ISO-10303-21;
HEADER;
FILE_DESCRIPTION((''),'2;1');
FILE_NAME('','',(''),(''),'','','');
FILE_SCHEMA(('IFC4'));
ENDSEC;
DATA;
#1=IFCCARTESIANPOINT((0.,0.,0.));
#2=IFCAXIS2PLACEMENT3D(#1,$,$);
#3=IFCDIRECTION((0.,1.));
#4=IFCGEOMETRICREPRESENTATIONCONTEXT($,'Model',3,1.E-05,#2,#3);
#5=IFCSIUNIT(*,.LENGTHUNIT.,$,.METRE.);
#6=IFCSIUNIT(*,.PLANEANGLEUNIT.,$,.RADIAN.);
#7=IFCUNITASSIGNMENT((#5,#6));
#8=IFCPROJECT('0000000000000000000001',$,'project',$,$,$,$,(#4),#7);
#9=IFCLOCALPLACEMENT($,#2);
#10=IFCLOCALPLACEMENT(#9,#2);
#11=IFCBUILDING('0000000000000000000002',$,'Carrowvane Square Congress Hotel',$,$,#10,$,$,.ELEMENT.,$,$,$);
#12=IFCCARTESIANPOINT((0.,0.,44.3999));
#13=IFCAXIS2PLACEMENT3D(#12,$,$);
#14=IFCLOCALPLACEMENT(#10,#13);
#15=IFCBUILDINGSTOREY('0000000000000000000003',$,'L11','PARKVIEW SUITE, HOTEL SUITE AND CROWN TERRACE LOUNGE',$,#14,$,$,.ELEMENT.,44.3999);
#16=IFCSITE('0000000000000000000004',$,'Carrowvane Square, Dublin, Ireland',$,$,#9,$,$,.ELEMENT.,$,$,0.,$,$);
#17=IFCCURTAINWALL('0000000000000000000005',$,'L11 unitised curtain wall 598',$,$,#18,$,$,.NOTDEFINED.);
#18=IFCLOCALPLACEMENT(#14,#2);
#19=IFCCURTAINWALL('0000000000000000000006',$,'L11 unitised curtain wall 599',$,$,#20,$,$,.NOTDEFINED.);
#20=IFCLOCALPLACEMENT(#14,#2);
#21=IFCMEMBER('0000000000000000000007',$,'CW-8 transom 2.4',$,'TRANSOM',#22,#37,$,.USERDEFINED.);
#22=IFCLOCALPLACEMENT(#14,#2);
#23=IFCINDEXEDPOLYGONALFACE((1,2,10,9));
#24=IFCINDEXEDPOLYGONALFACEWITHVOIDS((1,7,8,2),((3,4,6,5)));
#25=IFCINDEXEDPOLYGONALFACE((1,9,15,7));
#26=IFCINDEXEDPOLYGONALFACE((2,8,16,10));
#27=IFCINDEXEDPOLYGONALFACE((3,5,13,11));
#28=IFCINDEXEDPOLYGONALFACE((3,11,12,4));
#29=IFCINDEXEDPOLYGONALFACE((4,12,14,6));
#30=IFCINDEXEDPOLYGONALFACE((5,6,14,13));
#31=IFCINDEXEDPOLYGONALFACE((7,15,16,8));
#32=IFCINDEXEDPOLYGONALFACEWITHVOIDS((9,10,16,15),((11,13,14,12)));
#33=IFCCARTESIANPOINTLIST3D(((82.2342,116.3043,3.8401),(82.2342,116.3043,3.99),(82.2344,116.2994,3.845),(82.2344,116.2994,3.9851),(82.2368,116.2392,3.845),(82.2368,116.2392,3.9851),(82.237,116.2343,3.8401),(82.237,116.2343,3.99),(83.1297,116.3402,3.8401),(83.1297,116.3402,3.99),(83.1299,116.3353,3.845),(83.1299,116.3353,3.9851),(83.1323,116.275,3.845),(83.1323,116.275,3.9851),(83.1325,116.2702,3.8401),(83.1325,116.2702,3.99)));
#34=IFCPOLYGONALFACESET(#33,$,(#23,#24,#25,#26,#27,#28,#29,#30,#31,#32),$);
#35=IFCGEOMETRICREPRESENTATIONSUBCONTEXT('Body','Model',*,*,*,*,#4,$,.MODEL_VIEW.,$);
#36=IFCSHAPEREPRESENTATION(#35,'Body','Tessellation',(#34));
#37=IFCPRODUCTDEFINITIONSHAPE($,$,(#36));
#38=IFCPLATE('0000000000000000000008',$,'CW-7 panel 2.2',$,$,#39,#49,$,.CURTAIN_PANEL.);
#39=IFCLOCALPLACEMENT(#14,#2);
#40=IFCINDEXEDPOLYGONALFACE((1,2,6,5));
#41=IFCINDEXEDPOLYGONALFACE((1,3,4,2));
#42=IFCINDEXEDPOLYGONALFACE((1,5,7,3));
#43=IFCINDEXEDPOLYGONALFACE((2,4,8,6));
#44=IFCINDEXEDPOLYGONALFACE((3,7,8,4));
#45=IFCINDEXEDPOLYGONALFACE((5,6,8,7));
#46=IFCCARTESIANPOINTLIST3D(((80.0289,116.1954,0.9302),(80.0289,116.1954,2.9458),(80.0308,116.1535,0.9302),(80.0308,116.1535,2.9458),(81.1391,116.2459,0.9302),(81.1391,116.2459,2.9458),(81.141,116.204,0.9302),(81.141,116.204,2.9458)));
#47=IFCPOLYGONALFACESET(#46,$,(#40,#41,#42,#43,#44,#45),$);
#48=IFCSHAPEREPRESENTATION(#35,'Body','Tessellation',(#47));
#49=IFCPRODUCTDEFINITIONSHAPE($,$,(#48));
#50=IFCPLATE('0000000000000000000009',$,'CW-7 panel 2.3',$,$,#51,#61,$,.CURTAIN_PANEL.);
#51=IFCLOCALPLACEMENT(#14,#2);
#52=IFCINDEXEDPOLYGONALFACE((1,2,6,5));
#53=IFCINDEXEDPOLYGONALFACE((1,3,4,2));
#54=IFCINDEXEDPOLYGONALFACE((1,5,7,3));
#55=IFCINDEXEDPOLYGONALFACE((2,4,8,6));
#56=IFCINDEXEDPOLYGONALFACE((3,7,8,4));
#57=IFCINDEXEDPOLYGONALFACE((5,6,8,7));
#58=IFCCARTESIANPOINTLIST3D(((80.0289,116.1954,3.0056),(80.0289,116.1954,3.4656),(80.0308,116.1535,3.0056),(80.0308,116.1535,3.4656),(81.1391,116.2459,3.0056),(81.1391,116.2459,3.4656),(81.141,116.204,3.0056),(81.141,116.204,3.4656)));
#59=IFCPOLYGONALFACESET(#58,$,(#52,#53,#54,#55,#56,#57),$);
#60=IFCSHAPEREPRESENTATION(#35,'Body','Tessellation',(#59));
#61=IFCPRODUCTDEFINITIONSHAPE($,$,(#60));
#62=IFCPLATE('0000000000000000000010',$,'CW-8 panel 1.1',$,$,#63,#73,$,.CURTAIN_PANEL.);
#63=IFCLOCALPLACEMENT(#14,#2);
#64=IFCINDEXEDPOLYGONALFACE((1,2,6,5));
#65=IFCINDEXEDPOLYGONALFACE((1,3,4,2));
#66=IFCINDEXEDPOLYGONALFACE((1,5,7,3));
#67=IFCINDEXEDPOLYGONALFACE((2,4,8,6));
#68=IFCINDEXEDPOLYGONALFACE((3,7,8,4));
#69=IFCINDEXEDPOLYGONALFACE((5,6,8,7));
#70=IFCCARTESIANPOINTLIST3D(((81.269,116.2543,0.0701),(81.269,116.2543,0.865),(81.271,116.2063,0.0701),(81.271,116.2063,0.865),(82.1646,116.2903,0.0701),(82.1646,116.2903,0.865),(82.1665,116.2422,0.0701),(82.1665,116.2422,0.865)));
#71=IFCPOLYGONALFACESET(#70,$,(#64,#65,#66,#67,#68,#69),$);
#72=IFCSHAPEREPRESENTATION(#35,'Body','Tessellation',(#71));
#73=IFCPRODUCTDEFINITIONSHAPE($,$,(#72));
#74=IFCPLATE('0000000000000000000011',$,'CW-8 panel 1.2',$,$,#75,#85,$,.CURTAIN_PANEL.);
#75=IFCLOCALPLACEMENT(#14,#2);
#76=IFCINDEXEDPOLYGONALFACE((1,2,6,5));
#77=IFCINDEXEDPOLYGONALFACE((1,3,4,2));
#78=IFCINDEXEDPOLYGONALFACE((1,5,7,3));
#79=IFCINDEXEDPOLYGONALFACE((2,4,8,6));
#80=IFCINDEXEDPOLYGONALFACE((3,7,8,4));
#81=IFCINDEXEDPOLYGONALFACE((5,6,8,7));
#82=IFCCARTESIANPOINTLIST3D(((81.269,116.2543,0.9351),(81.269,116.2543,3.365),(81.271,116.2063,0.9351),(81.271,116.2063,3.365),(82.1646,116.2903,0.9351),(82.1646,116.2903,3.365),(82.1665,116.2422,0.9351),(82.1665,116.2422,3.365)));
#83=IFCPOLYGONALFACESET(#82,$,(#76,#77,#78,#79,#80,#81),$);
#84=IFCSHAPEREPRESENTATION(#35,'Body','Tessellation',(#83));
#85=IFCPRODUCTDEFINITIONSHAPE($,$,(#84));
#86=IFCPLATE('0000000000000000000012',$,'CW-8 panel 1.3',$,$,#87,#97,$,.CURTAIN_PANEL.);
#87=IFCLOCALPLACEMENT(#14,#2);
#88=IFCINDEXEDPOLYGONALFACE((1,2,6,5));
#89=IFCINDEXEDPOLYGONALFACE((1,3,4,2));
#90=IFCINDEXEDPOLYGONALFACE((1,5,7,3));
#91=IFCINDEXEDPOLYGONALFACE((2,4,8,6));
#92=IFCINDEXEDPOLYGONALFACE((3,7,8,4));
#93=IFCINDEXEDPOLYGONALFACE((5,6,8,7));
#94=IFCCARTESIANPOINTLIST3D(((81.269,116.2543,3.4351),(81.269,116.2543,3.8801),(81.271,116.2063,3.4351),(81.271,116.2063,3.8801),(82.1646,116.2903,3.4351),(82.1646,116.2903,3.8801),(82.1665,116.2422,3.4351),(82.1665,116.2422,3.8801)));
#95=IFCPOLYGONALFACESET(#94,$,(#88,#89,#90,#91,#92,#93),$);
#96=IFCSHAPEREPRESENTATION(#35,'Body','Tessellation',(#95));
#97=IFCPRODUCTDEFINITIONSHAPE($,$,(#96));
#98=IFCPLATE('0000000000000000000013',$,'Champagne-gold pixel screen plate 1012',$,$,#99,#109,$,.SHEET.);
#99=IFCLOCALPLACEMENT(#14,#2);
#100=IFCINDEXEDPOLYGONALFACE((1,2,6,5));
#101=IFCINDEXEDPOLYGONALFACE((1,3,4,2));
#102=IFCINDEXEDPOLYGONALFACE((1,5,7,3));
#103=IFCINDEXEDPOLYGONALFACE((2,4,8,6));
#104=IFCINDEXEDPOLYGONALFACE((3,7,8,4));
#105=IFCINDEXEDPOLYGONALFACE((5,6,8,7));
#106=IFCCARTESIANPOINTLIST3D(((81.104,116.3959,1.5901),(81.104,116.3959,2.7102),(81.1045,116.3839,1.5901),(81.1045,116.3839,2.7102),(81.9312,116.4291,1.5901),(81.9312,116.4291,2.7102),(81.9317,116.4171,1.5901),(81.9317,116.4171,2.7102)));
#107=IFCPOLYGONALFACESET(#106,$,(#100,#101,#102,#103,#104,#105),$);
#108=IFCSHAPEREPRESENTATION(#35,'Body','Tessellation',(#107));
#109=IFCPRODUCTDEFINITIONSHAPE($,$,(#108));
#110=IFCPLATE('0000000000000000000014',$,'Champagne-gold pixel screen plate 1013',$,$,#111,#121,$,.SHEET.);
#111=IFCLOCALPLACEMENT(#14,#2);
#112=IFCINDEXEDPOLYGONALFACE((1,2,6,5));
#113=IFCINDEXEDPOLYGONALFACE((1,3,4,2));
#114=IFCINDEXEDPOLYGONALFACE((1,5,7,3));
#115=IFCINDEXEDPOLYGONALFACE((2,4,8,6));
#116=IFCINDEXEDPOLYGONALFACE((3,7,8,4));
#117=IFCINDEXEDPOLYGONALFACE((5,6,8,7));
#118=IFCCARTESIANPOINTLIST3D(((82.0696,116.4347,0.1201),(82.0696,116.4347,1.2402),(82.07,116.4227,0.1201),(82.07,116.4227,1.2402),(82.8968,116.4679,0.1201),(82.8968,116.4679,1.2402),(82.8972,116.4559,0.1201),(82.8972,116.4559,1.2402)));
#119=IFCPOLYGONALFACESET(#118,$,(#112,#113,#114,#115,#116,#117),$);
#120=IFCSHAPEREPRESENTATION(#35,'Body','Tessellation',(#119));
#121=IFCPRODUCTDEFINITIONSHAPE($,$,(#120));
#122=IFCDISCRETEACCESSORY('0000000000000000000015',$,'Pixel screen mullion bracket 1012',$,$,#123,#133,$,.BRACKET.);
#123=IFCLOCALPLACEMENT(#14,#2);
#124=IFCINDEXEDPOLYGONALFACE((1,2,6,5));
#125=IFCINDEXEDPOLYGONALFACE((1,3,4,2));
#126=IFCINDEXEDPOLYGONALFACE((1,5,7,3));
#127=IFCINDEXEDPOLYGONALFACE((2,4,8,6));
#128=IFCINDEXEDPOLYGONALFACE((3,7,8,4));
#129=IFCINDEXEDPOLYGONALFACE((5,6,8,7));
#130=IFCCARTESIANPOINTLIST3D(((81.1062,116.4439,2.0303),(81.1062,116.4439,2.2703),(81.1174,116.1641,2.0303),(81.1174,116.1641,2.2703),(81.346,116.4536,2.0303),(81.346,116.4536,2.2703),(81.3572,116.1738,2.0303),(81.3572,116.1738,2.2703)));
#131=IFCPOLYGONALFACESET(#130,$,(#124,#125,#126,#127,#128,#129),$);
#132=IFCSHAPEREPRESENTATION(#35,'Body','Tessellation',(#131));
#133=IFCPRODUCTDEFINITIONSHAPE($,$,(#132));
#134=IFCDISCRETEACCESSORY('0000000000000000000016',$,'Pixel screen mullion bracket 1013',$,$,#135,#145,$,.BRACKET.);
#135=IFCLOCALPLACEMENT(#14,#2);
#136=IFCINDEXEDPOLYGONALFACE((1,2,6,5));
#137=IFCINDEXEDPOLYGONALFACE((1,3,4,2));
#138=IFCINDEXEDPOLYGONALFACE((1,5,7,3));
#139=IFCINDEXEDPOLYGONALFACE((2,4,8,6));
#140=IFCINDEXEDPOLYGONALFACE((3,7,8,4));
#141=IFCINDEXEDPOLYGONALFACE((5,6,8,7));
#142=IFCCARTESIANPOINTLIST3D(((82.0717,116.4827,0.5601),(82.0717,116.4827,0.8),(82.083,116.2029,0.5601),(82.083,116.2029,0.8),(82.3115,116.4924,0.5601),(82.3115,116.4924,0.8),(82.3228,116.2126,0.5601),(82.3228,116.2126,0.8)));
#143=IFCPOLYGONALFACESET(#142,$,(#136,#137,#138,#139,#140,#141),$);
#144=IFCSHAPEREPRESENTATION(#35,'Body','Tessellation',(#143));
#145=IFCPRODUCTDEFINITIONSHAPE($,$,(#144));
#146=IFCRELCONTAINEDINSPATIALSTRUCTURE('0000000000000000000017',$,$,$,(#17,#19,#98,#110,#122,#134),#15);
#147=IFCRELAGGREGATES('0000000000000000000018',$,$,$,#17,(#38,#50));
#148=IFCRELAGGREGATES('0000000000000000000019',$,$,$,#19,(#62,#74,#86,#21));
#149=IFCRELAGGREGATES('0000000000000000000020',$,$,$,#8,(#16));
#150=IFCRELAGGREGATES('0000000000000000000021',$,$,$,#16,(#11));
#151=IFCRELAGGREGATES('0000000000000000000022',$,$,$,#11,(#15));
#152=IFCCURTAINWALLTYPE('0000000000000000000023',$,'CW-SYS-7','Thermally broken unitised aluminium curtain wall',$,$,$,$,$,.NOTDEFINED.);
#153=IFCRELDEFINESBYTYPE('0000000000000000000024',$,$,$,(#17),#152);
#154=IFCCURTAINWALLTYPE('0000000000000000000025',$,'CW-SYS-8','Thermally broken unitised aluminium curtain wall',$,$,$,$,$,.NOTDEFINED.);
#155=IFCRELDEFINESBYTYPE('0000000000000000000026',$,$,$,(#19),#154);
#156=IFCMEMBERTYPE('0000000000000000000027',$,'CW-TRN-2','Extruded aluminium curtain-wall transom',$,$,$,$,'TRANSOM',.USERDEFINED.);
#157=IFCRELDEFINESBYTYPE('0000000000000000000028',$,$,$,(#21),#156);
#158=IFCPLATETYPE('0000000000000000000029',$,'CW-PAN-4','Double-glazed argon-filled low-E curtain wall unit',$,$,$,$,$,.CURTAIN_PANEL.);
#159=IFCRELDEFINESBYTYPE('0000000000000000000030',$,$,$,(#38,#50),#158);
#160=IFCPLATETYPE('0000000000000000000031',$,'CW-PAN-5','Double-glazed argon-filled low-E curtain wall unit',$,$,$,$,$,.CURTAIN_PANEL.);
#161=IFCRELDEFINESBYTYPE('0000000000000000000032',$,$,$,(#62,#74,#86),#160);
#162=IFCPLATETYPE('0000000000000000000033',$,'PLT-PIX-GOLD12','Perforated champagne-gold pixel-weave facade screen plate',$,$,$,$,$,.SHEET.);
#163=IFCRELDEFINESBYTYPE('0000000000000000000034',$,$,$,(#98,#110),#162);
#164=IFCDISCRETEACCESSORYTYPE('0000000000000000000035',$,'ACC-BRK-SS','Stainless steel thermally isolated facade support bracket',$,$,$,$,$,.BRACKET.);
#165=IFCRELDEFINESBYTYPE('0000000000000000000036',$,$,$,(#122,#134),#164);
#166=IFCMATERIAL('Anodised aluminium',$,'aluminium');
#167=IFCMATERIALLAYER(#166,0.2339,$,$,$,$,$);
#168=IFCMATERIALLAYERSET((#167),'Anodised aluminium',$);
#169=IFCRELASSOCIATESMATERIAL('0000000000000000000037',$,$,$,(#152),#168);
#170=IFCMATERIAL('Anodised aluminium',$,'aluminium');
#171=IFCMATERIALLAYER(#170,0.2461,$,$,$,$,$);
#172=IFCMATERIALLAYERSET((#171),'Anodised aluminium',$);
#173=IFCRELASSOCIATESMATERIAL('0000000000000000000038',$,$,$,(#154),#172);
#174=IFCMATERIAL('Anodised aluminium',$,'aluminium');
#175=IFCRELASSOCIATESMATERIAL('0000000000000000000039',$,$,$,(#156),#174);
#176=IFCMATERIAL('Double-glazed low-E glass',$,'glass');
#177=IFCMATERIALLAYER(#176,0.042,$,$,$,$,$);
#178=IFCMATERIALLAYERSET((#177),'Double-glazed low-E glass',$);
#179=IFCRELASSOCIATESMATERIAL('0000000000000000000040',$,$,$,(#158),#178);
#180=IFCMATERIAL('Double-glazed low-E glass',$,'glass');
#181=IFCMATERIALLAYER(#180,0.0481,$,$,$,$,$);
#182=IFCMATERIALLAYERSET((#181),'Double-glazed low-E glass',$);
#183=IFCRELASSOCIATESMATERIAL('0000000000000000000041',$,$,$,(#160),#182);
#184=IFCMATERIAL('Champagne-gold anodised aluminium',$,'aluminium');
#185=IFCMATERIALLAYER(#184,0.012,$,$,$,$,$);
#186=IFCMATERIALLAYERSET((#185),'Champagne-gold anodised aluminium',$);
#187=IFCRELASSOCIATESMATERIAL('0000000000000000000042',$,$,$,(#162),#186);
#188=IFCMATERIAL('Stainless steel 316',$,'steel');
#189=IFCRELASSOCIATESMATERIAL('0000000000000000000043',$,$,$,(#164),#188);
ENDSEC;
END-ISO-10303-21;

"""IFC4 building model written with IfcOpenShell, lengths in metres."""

from ifc_helpers import new_model, si_unit, direction, frame, origin, origin_2d, place, context, subcontext, project, spatial, rectangle, hollow_rectangle, extrude, material, layer, layer_set, material_profile, profile_set, type_object, element, aggregate, save


model = new_model("IFC4")

# Units and contexts
model_context = context("Model", 3, precision=1e-05, world=origin(), true_north=direction((0.0, 1.0)))
body_context = subcontext(model_context, "Body", "Model", "MODEL_VIEW")
ifc_project = project(units=[si_unit("LENGTHUNIT", "METRE"), si_unit("PLANEANGLEUNIT", "RADIAN")], contexts=[model_context])

# Site, building, storey
site_placement = place(None, origin())
site = spatial("IfcSite", under=ifc_project, at=site_placement, Name="Carrowvane Square, Dublin, Ireland", CompositionType="ELEMENT", RefElevation=0.0)
building_placement = place(site_placement, origin())
building = spatial("IfcBuilding", under=site, at=building_placement, Name="Carrowvane Square Congress Hotel", CompositionType="ELEMENT")
storey_placement = place(building_placement, frame((0.0, 0.0, 44.3999)))
storey = spatial("IfcBuildingStorey", under=building, at=storey_placement, Name="L11", Description="PARKVIEW SUITE, HOTEL SUITE AND CROWN TERRACE LOUNGE", CompositionType="ELEMENT", Elevation=44.3999)

# Curtain wall
ifc_material_1 = material(Name="Anodised aluminium", Category="aluminium")
ifc_layer_1 = layer(ifc_material_1, 0.2339)
ifc_layer_set_1 = layer_set([ifc_layer_1], Name="Anodised aluminium")
curtain_wall_type_1 = type_object("IfcCurtainWallType", Name="CW-SYS-7", Description="Thermally broken unitised aluminium curtain wall", PredefinedType="NOTDEFINED", material=ifc_layer_set_1)
curtain_wall_1_placement = place(storey_placement, origin())
curtain_wall_1 = element("IfcCurtainWall", 1, at=curtain_wall_1_placement, inside=storey, type_object=curtain_wall_type_1, Name="L11 unitised curtain wall 598", PredefinedType="NOTDEFINED")

# Curtain wall, member
ifc_material_2 = material(Name="Anodised aluminium", Category="aluminium")
ifc_layer_2 = layer(ifc_material_2, 0.2461)
ifc_layer_set_2 = layer_set([ifc_layer_2], Name="Anodised aluminium")
curtain_wall_type_2 = type_object("IfcCurtainWallType", Name="CW-SYS-8", Description="Thermally broken unitised aluminium curtain wall", PredefinedType="NOTDEFINED", material=ifc_layer_set_2)
curtain_wall_2_placement = place(storey_placement, origin())
curtain_wall_2 = element("IfcCurtainWall", 2, at=curtain_wall_2_placement, inside=storey, type_object=curtain_wall_type_2, Name="L11 unitised curtain wall 599", PredefinedType="NOTDEFINED")
ifc_material_3 = material(Name="Anodised aluminium", Category="aluminium")
ifc_material_profile_1 = material_profile(ifc_material_3, hollow_rectangle(XDim=0.0701, YDim=0.1499, WallThickness=0.0049, at=origin_2d()), Name="CW-TR 70x150x5")
ifc_profile_set_1 = profile_set([ifc_material_profile_1], Name="Anodised aluminium")
member_type_1 = type_object("IfcMemberType", Name="CW-TRN-2", Description="Extruded aluminium curtain-wall transom", ElementType="TRANSOM", PredefinedType="USERDEFINED", material=ifc_profile_set_1)
member_1_placement = place(storey_placement, frame((82.2356, 116.2693, 3.915), z_axis=(0.999198, 0.040044, 0.0), x_axis=(-0.040044, 0.999198, 0.0)))
member_1 = element("IfcMember", 3, at=member_1_placement, type_object=member_type_1, Name="CW-8 transom 2.4", ObjectType="TRANSOM", PredefinedType="USERDEFINED", context=body_context, shape_type="SweptSolid", body=[
    extrude(hollow_rectangle(XDim=0.0701, YDim=0.1499, WallThickness=0.0049, at=origin_2d()), origin(), (0.0, 0.0, 1.0), 0.8962),
])

# Plates
ifc_material_4 = material(Name="Double-glazed low-E glass", Category="glass")
ifc_layer_3 = layer(ifc_material_4, 0.042)
ifc_layer_set_3 = layer_set([ifc_layer_3], Name="Double-glazed low-E glass")
plate_type_1 = type_object("IfcPlateType", Name="CW-PAN-4", Description="Double-glazed argon-filled low-E curtain wall unit", PredefinedType="CURTAIN_PANEL", material=ifc_layer_set_3)
plate_1_placement = place(storey_placement, frame((80.585, 116.1997, 0.9302), z_axis=(0.0, 0.0, 1.0), x_axis=(0.998968, 0.045411, 0.0)))
plate_1 = element("IfcPlate", 4, at=plate_1_placement, type_object=plate_type_1, Name="CW-7 panel 2.2", PredefinedType="CURTAIN_PANEL", context=body_context, shape_type="SweptSolid", body=[
    extrude(rectangle(XDim=1.1113, YDim=0.042, at=origin_2d()), origin(), (0.0, 0.0, 1.0), 2.0156),
])
plate_2_placement = place(storey_placement, frame((80.585, 116.1997, 3.0056), z_axis=(0.0, 0.0, 1.0), x_axis=(0.998968, 0.045411, 0.0)))
plate_2 = element("IfcPlate", 5, at=plate_2_placement, type_object=plate_type_1, Name="CW-7 panel 2.3", PredefinedType="CURTAIN_PANEL", context=body_context, shape_type="SweptSolid", body=[
    extrude(rectangle(XDim=1.1113, YDim=0.042, at=origin_2d()), origin(), (0.0, 0.0, 1.0), 0.46),
])
aggregate(curtain_wall_1, [plate_1, plate_2])
ifc_material_5 = material(Name="Double-glazed low-E glass", Category="glass")
ifc_layer_4 = layer(ifc_material_5, 0.0481)
ifc_layer_set_4 = layer_set([ifc_layer_4], Name="Double-glazed low-E glass")
plate_type_2 = type_object("IfcPlateType", Name="CW-PAN-5", Description="Double-glazed argon-filled low-E curtain wall unit", PredefinedType="CURTAIN_PANEL", material=ifc_layer_set_4)
plate_3_placement = place(storey_placement, frame((81.7178, 116.2483, 0.0701), z_axis=(0.0, 0.0, 1.0), x_axis=(0.999194, 0.040136, 0.0)))
plate_3 = element("IfcPlate", 6, at=plate_3_placement, type_object=plate_type_2, Name="CW-8 panel 1.1", PredefinedType="CURTAIN_PANEL", context=body_context, shape_type="SweptSolid", body=[
    extrude(rectangle(XDim=0.8962, YDim=0.0481, at=origin_2d()), origin(), (0.0, 0.0, 1.0), 0.7949),
])
plate_4_placement = place(storey_placement, frame((81.7178, 116.2483, 0.9351), z_axis=(0.0, 0.0, 1.0), x_axis=(0.999194, 0.040136, 0.0)))
plate_4 = element("IfcPlate", 7, at=plate_4_placement, type_object=plate_type_2, Name="CW-8 panel 1.2", PredefinedType="CURTAIN_PANEL", context=body_context, shape_type="SweptSolid", body=[
    extrude(rectangle(XDim=0.8962, YDim=0.0481, at=origin_2d()), origin(), (0.0, 0.0, 1.0), 2.4299),
])
plate_5_placement = place(storey_placement, frame((81.7178, 116.2483, 3.4351), z_axis=(0.0, 0.0, 1.0), x_axis=(0.999194, 0.040136, 0.0)))
plate_5 = element("IfcPlate", 8, at=plate_5_placement, type_object=plate_type_2, Name="CW-8 panel 1.3", PredefinedType="CURTAIN_PANEL", context=body_context, shape_type="SweptSolid", body=[
    extrude(rectangle(XDim=0.8962, YDim=0.0481, at=origin_2d()), origin(), (0.0, 0.0, 1.0), 0.4451),
])
aggregate(curtain_wall_2, [plate_3, plate_4, plate_5, member_1])

# Plates
ifc_material_6 = material(Name="Champagne-gold anodised aluminium", Category="aluminium")
ifc_layer_5 = layer(ifc_material_6, 0.012)
ifc_layer_set_5 = layer_set([ifc_layer_5], Name="Champagne-gold anodised aluminium")
plate_type_3 = type_object("IfcPlateType", Name="PLT-PIX-GOLD12", Description="Perforated champagne-gold pixel-weave facade screen plate", PredefinedType="SHEET", material=ifc_layer_set_5)
for number, where, z_axis, x_axis, name in (
    (9, (81.5178, 116.4065, 1.5901), (0.0, 0.0, 1.0), (0.999194, 0.040134, 0.0), "Champagne-gold pixel screen plate 1012"),
    (10, (82.4834, 116.4453, 0.1201), (0.0, 0.0, 1.0), (0.999194, 0.040134, 0.0), "Champagne-gold pixel screen plate 1013"),
):
    element("IfcPlate", number, at=place(storey_placement, frame(where, z_axis=z_axis, x_axis=x_axis)), inside=storey, type_object=plate_type_3, Name=name, PredefinedType="SHEET", context=body_context, shape_type="SweptSolid", body=[
        extrude(rectangle(XDim=0.8279, YDim=0.012, at=origin_2d()), origin(), (0.0, 0.0, 1.0), 1.1201),
    ])

# Discrete accessories
ifc_material_7 = material(Name="Stainless steel 316", Category="steel")
discrete_accessory_type = type_object("IfcDiscreteAccessoryType", Name="ACC-BRK-SS", Description="Stainless steel thermally isolated facade support bracket", PredefinedType="BRACKET", material=ifc_material_7)
for number, where, z_axis, x_axis, name in (
    (11, (81.2317, 116.3088, 2.0303), (0.0, 0.0, 1.0), (0.999194, 0.040134, 0.0), "Pixel screen mullion bracket 1012"),
    (12, (82.1973, 116.3477, 0.5601), (0.0, 0.0, 1.0), (0.999194, 0.040134, 0.0), "Pixel screen mullion bracket 1013"),
):
    element("IfcDiscreteAccessory", number, at=place(storey_placement, frame(where, z_axis=z_axis, x_axis=x_axis)), inside=storey, type_object=discrete_accessory_type, Name=name, PredefinedType="BRACKET", context=body_context, shape_type="SweptSolid", body=[
        extrude(rectangle(XDim=0.24, YDim=0.28, at=origin_2d()), origin(), (0.0, 0.0, 1.0), 0.24),
    ])

save(model, "model.ifc")
